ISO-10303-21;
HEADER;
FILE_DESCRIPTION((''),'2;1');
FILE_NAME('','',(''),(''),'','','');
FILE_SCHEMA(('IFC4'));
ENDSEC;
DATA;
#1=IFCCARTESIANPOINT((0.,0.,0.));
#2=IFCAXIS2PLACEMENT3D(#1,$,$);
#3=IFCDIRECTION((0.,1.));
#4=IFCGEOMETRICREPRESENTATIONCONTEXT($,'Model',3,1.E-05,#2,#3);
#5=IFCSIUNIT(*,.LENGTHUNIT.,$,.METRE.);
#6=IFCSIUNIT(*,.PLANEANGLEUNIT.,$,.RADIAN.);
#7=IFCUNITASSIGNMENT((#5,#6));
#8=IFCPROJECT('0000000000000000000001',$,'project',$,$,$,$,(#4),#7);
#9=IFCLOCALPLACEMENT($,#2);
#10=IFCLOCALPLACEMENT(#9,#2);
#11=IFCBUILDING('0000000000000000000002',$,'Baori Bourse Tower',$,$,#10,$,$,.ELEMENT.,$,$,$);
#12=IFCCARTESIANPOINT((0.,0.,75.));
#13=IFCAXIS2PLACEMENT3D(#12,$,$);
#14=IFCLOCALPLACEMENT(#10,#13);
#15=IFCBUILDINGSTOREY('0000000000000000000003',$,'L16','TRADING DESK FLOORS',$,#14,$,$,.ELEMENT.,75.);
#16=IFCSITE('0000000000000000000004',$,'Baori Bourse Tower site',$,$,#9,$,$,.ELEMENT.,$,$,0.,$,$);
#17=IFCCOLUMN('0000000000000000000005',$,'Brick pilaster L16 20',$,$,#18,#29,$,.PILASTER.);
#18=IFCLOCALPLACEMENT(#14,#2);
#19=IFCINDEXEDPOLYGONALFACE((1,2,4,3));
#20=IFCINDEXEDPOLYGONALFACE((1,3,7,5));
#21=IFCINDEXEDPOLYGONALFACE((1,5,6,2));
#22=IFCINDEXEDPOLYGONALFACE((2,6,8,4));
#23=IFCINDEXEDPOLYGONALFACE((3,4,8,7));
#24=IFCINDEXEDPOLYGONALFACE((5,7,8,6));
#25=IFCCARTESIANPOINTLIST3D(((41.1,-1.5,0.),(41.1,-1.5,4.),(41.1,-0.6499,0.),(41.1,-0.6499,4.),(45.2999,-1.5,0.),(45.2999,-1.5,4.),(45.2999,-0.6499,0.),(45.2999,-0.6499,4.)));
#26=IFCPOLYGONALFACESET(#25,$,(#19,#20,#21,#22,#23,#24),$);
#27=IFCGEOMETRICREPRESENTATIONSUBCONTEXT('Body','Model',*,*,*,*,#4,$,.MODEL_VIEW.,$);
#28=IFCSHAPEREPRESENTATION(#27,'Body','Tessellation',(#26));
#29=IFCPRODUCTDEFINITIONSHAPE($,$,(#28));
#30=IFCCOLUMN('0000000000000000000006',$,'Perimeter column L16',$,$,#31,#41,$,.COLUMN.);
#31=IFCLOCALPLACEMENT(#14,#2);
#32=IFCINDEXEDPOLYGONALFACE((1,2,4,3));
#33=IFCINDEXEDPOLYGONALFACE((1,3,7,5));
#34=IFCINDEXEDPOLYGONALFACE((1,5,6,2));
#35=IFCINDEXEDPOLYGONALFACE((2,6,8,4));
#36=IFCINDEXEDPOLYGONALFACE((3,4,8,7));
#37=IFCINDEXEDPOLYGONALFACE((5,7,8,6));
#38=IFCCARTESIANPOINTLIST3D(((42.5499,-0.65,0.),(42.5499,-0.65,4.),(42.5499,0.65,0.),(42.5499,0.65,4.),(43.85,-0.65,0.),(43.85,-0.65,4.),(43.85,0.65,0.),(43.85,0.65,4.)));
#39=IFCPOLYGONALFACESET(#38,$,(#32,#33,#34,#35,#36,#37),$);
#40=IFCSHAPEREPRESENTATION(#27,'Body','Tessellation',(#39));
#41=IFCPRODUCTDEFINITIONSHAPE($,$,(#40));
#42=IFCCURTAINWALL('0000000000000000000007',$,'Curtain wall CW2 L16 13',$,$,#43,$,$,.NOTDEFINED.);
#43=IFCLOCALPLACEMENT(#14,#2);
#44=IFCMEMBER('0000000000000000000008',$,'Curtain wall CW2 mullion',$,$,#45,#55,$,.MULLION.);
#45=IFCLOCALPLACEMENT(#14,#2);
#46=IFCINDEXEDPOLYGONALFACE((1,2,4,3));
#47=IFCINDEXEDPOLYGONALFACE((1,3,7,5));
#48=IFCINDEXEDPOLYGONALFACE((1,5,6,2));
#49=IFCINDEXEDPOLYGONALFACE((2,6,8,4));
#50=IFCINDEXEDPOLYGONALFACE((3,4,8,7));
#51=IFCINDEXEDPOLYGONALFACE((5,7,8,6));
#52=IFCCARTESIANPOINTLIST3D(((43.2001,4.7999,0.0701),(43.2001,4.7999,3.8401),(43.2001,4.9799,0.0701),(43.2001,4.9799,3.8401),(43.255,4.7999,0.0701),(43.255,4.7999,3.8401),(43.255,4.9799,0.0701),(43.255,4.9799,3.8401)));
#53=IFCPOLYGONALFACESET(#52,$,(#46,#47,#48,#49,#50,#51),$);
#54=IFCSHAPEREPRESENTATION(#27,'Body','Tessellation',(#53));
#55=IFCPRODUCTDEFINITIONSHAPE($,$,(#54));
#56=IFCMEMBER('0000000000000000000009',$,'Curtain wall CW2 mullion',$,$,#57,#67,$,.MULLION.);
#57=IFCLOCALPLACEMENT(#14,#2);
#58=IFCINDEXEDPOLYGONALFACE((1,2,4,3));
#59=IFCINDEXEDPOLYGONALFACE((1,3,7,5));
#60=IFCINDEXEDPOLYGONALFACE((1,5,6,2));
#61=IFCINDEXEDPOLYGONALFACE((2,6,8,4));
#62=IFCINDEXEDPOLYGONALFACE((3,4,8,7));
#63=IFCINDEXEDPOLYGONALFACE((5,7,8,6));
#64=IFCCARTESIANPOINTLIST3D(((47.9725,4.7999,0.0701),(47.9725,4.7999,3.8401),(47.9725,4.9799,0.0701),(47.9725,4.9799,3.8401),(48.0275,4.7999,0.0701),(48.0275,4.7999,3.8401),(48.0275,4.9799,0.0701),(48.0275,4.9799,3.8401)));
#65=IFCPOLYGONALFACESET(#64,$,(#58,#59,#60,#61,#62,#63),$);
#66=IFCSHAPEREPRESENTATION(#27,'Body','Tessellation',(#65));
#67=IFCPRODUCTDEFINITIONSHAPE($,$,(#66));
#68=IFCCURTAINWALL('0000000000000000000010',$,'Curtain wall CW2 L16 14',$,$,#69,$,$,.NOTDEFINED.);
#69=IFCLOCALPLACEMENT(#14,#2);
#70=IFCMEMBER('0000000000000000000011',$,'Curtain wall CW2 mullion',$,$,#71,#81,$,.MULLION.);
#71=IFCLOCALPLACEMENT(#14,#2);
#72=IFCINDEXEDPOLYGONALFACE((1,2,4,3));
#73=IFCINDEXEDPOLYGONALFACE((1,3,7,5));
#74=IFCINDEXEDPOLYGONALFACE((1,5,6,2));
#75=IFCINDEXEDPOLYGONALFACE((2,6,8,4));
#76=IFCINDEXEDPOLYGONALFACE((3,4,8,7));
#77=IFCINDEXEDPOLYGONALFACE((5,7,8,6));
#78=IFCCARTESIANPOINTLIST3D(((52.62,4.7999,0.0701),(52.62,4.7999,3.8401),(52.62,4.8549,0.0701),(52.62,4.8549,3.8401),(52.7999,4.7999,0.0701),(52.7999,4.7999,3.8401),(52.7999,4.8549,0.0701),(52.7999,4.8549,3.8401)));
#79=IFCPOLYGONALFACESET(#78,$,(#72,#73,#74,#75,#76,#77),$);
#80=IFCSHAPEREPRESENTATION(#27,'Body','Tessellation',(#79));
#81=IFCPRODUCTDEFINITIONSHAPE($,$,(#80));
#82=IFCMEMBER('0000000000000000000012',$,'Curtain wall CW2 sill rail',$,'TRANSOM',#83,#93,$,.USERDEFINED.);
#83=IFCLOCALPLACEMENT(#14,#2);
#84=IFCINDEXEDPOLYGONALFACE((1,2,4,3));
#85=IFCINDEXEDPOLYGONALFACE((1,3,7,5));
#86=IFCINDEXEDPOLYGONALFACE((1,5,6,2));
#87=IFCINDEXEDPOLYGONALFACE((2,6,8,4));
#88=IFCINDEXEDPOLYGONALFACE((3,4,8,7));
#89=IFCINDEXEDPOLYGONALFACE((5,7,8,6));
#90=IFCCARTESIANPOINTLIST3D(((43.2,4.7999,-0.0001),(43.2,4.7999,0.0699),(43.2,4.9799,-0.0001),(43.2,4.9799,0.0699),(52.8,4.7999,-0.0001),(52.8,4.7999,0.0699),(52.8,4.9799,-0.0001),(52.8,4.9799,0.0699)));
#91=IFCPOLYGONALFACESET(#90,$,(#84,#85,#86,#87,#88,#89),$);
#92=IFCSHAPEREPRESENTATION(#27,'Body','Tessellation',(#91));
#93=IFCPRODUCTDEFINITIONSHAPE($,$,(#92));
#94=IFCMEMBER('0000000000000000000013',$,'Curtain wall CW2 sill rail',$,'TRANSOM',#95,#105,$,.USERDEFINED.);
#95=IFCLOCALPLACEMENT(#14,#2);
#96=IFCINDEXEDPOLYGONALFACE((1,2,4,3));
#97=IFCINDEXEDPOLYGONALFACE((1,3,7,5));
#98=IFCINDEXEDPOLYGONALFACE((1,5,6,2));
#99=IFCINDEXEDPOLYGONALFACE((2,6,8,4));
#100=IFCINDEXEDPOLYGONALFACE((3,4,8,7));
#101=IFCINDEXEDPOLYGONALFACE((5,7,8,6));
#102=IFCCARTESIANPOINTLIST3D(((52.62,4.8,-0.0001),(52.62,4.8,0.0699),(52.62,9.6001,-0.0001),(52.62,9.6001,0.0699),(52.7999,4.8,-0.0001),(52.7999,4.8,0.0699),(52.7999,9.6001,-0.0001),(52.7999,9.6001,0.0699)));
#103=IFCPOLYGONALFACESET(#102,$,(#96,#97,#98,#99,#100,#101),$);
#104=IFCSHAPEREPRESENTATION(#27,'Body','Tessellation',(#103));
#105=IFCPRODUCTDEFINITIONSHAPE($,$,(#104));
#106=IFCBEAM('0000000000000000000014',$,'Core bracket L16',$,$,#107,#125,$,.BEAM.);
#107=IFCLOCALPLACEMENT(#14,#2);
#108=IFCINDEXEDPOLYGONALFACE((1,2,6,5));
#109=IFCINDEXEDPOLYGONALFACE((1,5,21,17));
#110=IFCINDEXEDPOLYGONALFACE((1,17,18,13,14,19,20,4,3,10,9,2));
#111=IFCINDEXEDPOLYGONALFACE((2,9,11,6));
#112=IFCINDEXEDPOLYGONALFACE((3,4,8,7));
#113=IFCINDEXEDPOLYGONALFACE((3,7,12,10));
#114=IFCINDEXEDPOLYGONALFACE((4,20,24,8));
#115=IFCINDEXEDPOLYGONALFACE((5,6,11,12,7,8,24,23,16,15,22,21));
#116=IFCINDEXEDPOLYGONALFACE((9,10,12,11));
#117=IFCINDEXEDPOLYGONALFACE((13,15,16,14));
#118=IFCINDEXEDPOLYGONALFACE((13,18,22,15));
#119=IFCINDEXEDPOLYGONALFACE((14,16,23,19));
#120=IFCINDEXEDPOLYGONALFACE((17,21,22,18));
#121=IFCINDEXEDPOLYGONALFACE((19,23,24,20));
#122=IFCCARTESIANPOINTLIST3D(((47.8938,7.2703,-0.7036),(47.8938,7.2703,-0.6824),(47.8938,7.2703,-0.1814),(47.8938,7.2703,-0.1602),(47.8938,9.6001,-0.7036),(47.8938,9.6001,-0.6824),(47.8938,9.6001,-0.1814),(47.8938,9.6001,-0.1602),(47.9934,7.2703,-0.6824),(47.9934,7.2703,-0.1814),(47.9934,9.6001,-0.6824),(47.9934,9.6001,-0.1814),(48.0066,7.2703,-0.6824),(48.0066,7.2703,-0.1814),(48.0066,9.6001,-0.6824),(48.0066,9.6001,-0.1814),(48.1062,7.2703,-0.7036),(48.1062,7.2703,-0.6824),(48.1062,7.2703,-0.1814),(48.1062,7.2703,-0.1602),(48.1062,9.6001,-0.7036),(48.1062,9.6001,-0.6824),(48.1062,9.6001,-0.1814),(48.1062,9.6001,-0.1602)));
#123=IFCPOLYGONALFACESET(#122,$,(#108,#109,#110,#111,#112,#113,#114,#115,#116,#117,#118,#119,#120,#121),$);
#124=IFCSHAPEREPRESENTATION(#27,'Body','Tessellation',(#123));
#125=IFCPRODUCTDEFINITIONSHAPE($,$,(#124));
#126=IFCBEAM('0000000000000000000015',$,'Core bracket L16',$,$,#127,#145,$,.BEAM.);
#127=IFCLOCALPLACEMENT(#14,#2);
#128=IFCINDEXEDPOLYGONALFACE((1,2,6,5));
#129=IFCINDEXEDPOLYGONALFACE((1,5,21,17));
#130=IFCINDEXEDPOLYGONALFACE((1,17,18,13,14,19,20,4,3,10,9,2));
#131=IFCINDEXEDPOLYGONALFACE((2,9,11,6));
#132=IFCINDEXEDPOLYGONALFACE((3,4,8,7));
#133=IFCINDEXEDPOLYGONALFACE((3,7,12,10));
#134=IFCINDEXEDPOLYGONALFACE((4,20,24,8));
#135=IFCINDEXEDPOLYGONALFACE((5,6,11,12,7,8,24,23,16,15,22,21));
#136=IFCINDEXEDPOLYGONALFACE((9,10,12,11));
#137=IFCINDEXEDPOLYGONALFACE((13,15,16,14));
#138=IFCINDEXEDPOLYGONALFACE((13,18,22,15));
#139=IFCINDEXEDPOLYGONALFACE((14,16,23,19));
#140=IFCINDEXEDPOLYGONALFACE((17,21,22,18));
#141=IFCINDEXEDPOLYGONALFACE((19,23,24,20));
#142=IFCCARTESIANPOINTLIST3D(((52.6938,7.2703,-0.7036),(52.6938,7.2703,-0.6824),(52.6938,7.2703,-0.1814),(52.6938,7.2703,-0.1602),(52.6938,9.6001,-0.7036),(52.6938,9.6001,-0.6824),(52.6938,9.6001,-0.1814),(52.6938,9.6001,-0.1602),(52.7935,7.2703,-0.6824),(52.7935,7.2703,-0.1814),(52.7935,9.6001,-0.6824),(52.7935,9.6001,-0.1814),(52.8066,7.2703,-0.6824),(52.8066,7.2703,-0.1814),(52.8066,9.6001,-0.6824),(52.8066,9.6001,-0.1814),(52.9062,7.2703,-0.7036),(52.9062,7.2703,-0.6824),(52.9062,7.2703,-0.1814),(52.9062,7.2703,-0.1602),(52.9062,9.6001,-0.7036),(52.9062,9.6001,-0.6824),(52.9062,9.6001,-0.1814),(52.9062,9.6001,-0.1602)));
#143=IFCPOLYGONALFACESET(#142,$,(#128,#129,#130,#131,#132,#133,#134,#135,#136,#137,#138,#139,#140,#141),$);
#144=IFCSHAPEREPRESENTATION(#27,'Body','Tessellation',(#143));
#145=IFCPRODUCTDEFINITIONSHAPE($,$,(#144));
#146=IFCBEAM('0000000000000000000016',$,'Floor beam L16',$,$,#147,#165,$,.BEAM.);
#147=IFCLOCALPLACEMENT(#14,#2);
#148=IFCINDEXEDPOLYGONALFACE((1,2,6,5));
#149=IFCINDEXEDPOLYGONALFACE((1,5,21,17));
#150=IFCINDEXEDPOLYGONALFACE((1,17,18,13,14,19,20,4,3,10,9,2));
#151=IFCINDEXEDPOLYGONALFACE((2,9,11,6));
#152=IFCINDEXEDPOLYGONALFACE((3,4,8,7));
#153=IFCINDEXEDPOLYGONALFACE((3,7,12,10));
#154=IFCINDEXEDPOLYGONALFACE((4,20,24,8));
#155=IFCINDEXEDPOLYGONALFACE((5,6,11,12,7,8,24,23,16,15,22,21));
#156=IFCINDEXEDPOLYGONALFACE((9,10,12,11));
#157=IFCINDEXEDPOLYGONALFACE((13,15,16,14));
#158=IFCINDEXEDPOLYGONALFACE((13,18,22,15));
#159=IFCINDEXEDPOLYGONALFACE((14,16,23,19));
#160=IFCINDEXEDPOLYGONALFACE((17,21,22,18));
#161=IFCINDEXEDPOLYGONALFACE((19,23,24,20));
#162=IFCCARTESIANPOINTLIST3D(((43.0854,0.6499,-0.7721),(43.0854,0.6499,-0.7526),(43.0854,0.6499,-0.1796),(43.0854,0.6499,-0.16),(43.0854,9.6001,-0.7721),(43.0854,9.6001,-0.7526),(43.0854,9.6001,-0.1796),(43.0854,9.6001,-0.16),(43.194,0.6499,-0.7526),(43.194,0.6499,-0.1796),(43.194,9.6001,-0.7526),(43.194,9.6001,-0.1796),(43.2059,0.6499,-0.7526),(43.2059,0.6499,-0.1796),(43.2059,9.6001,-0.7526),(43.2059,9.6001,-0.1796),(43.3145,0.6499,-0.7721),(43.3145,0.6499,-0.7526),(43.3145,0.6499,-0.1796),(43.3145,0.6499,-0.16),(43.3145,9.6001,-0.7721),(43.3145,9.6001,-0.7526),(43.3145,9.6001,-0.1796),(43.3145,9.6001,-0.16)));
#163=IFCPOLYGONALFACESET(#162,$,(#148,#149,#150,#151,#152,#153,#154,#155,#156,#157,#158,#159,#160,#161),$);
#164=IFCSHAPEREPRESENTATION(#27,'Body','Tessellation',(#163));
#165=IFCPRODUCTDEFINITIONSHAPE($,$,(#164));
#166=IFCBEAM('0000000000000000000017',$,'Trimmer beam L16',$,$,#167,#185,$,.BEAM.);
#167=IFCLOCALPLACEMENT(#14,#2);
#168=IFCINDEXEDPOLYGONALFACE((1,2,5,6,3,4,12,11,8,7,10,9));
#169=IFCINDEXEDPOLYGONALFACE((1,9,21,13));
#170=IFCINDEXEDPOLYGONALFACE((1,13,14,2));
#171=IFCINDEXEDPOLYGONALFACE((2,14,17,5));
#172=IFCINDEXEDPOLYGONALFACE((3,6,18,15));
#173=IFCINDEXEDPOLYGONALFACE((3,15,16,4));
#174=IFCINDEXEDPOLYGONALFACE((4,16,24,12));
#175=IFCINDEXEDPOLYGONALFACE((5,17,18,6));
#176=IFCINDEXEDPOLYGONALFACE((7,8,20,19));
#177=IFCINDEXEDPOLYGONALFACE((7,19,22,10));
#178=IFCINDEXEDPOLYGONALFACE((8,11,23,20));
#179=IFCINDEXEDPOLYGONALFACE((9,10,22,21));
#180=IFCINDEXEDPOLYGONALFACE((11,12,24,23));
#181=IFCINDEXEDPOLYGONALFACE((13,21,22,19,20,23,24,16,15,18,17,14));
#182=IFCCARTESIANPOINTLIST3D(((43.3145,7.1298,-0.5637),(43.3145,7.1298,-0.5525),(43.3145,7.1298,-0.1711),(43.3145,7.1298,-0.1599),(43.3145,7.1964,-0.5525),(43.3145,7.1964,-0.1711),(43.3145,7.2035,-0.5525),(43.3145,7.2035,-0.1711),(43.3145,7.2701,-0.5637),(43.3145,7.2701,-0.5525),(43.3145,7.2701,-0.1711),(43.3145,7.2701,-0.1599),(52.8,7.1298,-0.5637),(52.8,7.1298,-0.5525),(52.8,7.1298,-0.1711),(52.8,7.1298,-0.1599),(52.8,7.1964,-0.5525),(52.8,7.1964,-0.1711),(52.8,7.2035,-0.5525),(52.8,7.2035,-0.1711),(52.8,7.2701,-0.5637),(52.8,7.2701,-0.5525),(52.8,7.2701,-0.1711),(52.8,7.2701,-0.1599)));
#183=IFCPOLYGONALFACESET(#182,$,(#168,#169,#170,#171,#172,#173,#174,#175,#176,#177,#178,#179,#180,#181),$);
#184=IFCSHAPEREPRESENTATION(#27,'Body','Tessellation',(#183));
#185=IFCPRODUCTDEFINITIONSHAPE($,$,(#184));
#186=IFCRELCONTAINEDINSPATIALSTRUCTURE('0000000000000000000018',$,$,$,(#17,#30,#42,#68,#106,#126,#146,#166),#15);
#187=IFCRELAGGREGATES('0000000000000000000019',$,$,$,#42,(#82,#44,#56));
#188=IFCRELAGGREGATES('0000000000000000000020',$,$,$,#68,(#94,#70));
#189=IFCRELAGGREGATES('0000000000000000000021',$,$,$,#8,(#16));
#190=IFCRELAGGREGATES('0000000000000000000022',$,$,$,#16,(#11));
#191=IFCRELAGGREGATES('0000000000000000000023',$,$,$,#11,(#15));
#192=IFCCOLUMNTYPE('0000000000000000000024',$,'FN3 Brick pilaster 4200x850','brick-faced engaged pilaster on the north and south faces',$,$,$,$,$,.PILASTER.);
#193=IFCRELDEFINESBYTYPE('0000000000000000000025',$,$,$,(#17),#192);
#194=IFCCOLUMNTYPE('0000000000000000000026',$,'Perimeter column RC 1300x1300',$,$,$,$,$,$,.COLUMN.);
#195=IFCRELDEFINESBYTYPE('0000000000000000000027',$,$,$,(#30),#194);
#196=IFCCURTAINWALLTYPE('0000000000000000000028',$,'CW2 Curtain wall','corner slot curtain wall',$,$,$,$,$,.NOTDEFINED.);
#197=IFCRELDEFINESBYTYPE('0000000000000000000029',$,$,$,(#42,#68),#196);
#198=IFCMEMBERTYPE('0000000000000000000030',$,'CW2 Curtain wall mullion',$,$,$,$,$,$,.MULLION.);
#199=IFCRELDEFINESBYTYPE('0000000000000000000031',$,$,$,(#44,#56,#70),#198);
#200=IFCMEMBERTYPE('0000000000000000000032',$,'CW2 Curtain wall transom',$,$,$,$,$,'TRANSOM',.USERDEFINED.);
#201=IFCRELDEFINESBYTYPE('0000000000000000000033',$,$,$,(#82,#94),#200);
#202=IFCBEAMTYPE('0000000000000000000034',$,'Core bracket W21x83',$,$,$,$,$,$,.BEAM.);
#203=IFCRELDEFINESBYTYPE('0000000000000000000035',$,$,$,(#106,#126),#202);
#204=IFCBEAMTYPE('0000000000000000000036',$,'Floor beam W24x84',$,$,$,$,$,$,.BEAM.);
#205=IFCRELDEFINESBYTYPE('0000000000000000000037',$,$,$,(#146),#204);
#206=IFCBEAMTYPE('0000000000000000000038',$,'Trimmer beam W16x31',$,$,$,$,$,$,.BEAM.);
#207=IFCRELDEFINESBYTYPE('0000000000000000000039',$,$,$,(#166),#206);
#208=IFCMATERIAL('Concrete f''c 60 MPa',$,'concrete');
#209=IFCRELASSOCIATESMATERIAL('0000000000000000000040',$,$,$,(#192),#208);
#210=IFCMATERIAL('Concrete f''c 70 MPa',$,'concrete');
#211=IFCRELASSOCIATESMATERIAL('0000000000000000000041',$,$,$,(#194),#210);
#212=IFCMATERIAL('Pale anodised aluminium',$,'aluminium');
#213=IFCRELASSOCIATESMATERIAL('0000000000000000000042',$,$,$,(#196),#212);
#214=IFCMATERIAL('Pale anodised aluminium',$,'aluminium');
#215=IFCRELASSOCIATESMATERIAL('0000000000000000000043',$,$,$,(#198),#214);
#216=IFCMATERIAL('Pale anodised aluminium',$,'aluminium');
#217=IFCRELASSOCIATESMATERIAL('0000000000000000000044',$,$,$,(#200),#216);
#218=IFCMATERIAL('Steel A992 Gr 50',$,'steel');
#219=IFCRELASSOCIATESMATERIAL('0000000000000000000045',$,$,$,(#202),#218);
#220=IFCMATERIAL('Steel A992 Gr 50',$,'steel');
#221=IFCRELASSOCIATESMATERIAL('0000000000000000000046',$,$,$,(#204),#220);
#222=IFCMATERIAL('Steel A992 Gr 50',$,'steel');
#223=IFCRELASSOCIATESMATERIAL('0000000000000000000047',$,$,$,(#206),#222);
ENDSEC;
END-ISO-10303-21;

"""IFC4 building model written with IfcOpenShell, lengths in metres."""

from ifc_helpers import new_model, si_unit, direction, frame, origin, origin_2d, place, context, subcontext, project, spatial, rectangle, i_section, extrude, material, material_profile, profile_set, type_object, element, aggregate, save


model = new_model("IFC4")

# Units and contexts
model_context = context("Model", 3, precision=1e-05, world=origin(), true_north=direction((0.0, 1.0)))
body_context = subcontext(model_context, "Body", "Model", "MODEL_VIEW")
ifc_project = project(units=[si_unit("LENGTHUNIT", "METRE"), si_unit("PLANEANGLEUNIT", "RADIAN")], contexts=[model_context])

# Site, building, storey
site_placement = place(None, origin())
site = spatial("IfcSite", under=ifc_project, at=site_placement, Name="Baori Bourse Tower site", CompositionType="ELEMENT", RefElevation=0.0)
building_placement = place(site_placement, origin())
building = spatial("IfcBuilding", under=site, at=building_placement, Name="Baori Bourse Tower", CompositionType="ELEMENT")
storey_placement = place(building_placement, frame((0.0, 0.0, 75.0)))
storey = spatial("IfcBuildingStorey", under=building, at=storey_placement, Name="L16", Description="TRADING DESK FLOORS", CompositionType="ELEMENT", Elevation=75.0)

# Columns
ifc_material_1 = material(Name="Concrete f'c 60 MPa", Category="concrete")
ifc_material_profile_1 = material_profile(ifc_material_1, rectangle(XDim=4.2, YDim=0.8501, at=origin_2d()), Name="RC 4200x850")
ifc_profile_set_1 = profile_set([ifc_material_profile_1], Name="Concrete f'c 60 MPa")
column_type_1 = type_object("IfcColumnType", Name="FN3 Brick pilaster 4200x850", Description="brick-faced engaged pilaster on the north and south faces", PredefinedType="PILASTER", material=ifc_profile_set_1)
column_1_placement = place(storey_placement, frame((43.2, -1.075, 0.0), z_axis=(0.0, 0.0, 1.0), x_axis=(1.0, 0.0, 0.0)))
element("IfcColumn", 1, at=column_1_placement, inside=storey, type_object=column_type_1, Name="Brick pilaster L16 20", PredefinedType="PILASTER", context=body_context, shape_type="SweptSolid", body=[
    extrude(rectangle(XDim=4.2, YDim=0.8501, at=origin_2d()), origin(), (0.0, 0.0, 1.0), 4.0),
])
ifc_material_2 = material(Name="Concrete f'c 70 MPa", Category="concrete")
ifc_material_profile_2 = material_profile(ifc_material_2, rectangle(XDim=1.3, YDim=1.3, at=origin_2d()), Name="RC 1300x1300")
ifc_profile_set_2 = profile_set([ifc_material_profile_2], Name="Concrete f'c 70 MPa")
column_type_2 = type_object("IfcColumnType", Name="Perimeter column RC 1300x1300", PredefinedType="COLUMN", material=ifc_profile_set_2)
column_2_placement = place(storey_placement, frame((43.2, 0.0, 0.0), z_axis=(0.0, 0.0, 1.0), x_axis=(1.0, 0.0, 0.0)))
element("IfcColumn", 2, at=column_2_placement, inside=storey, type_object=column_type_2, Name="Perimeter column L16", PredefinedType="COLUMN", context=body_context, shape_type="SweptSolid", body=[
    extrude(rectangle(XDim=1.3, YDim=1.3, at=origin_2d()), origin(), (0.0, 0.0, 1.0), 4.0),
])

# Curtain wall, members
ifc_material_3 = material(Name="Pale anodised aluminium", Category="aluminium")
curtain_wall_type = type_object("IfcCurtainWallType", Name="CW2 Curtain wall", Description="corner slot curtain wall", PredefinedType="NOTDEFINED", material=ifc_material_3)
curtain_wall_1_placement = place(storey_placement, origin())
curtain_wall_1 = element("IfcCurtainWall", 3, at=curtain_wall_1_placement, inside=storey, type_object=curtain_wall_type, Name="Curtain wall CW2 L16 13", PredefinedType="NOTDEFINED")
ifc_material_4 = material(Name="Pale anodised aluminium", Category="aluminium")
ifc_material_profile_3 = material_profile(ifc_material_4, rectangle(XDim=0.1799, YDim=0.0549, at=origin_2d()), Name="Mullion 55x180")
ifc_profile_set_3 = profile_set([ifc_material_profile_3], Name="Pale anodised aluminium")
member_type_1 = type_object("IfcMemberType", Name="CW2 Curtain wall mullion", PredefinedType="MULLION", material=ifc_profile_set_3)
member_1_placement = place(storey_placement, frame((43.2275, 4.8899, 0.0701), z_axis=(0.0, 0.0, 1.0), x_axis=(0.0, 1.0, 0.0)))
member_1 = element("IfcMember", 4, at=member_1_placement, type_object=member_type_1, Name="Curtain wall CW2 mullion", PredefinedType="MULLION", context=body_context, shape_type="SweptSolid", body=[
    extrude(rectangle(XDim=0.1799, YDim=0.0549, at=origin_2d()), origin(), (0.0, 0.0, 1.0), 3.77),
])
member_2_placement = place(storey_placement, frame((48.0, 4.8899, 0.0701), z_axis=(0.0, 0.0, 1.0), x_axis=(0.0, 1.0, 0.0)))
member_2 = element("IfcMember", 5, at=member_2_placement, type_object=member_type_1, Name="Curtain wall CW2 mullion", PredefinedType="MULLION", context=body_context, shape_type="SweptSolid", body=[
    extrude(rectangle(XDim=0.1799, YDim=0.0549, at=origin_2d()), origin(), (0.0, 0.0, 1.0), 3.77),
])

# Curtain wall, member
curtain_wall_2_placement = place(storey_placement, origin())
curtain_wall_2 = element("IfcCurtainWall", 6, at=curtain_wall_2_placement, inside=storey, type_object=curtain_wall_type, Name="Curtain wall CW2 L16 14", PredefinedType="NOTDEFINED")
member_3_placement = place(storey_placement, frame((52.71, 4.8274, 0.0701), z_axis=(0.0, 0.0, 1.0), x_axis=(-1.0, 0.0, 0.0)))
member_3 = element("IfcMember", 7, at=member_3_placement, type_object=member_type_1, Name="Curtain wall CW2 mullion", PredefinedType="MULLION", context=body_context, shape_type="SweptSolid", body=[
    extrude(rectangle(XDim=0.1799, YDim=0.0549, at=origin_2d()), origin(), (0.0, 0.0, 1.0), 3.77),
])

# Members
ifc_material_5 = material(Name="Pale anodised aluminium", Category="aluminium")
ifc_material_profile_4 = material_profile(ifc_material_5, rectangle(XDim=0.1799, YDim=0.0701, at=origin_2d()), Name="Transom 70x180")
ifc_profile_set_4 = profile_set([ifc_material_profile_4], Name="Pale anodised aluminium")
member_type_2 = type_object("IfcMemberType", Name="CW2 Curtain wall transom", ElementType="TRANSOM", PredefinedType="USERDEFINED", material=ifc_profile_set_4)
member_4_placement = place(storey_placement, frame((43.2, 4.8899, 0.0349), z_axis=(1.0, 0.0, 0.0), x_axis=(0.0, 1.0, 0.0)))
member_4 = element("IfcMember", 8, at=member_4_placement, type_object=member_type_2, Name="Curtain wall CW2 sill rail", ObjectType="TRANSOM", PredefinedType="USERDEFINED", context=body_context, shape_type="SweptSolid", body=[
    extrude(rectangle(XDim=0.1799, YDim=0.0701, at=origin_2d()), origin(), (0.0, 0.0, 1.0), 9.6001),
])
member_5_placement = place(storey_placement, frame((52.71, 4.8, 0.0349), z_axis=(0.0, 1.0, 0.0), x_axis=(-1.0, 0.0, 0.0)))
member_5 = element("IfcMember", 9, at=member_5_placement, type_object=member_type_2, Name="Curtain wall CW2 sill rail", ObjectType="TRANSOM", PredefinedType="USERDEFINED", context=body_context, shape_type="SweptSolid", body=[
    extrude(rectangle(XDim=0.1799, YDim=0.0701, at=origin_2d()), origin(), (0.0, 0.0, 1.0), 4.8),
])

# Beams
ifc_material_6 = material(Name="Steel A992 Gr 50", Category="steel")
ifc_material_profile_5 = material_profile(ifc_material_6, i_section(OverallWidth=0.2124, OverallDepth=0.5435, WebThickness=0.0132, FlangeThickness=0.0212, at=origin_2d()), Name="W21x83")
ifc_profile_set_5 = profile_set([ifc_material_profile_5], Name="Steel A992 Gr 50")
beam_type_1 = type_object("IfcBeamType", Name="Core bracket W21x83", PredefinedType="BEAM", material=ifc_profile_set_5)
for number, where, z_axis, x_axis, name in (
    (10, (48.0, 7.2703, -0.4319), (0.0, 1.0, 0.0), (-1.0, 0.0, 0.0), "Core bracket L16"),
    (11, (52.8, 7.2703, -0.4319), (0.0, 1.0, 0.0), (-1.0, 0.0, 0.0), "Core bracket L16"),
):
    element("IfcBeam", number, at=place(storey_placement, frame(where, z_axis=z_axis, x_axis=x_axis)), inside=storey, type_object=beam_type_1, Name=name, PredefinedType="BEAM", context=body_context, shape_type="SweptSolid", body=[
        extrude(i_section(OverallWidth=0.2124, OverallDepth=0.5435, WebThickness=0.0132, FlangeThickness=0.0212, at=origin_2d()), origin(), (0.0, 0.0, 1.0), 2.3298),
    ])
ifc_material_7 = material(Name="Steel A992 Gr 50", Category="steel")
ifc_material_profile_6 = material_profile(ifc_material_7, i_section(OverallWidth=0.229, OverallDepth=0.6121, WebThickness=0.012, FlangeThickness=0.0195, at=origin_2d()), Name="W24x84")
ifc_profile_set_6 = profile_set([ifc_material_profile_6], Name="Steel A992 Gr 50")
beam_type_2 = type_object("IfcBeamType", Name="Floor beam W24x84", PredefinedType="BEAM", material=ifc_profile_set_6)
beam_1_placement = place(storey_placement, frame((43.2, 0.6499, -0.4661), z_axis=(0.0, 1.0, 0.0), x_axis=(-1.0, 0.0, 0.0)))
element("IfcBeam", 12, at=beam_1_placement, inside=storey, type_object=beam_type_2, Name="Floor beam L16", PredefinedType="BEAM", context=body_context, shape_type="SweptSolid", body=[
    extrude(i_section(OverallWidth=0.229, OverallDepth=0.6121, WebThickness=0.012, FlangeThickness=0.0195, at=origin_2d()), origin(), (0.0, 0.0, 1.0), 8.9502),
])
ifc_material_8 = material(Name="Steel A992 Gr 50", Category="steel")
ifc_material_profile_7 = material_profile(ifc_material_8, i_section(OverallWidth=0.1404, OverallDepth=0.4038, WebThickness=0.0071, FlangeThickness=0.0112, at=origin_2d()), Name="W16x31")
ifc_profile_set_7 = profile_set([ifc_material_profile_7], Name="Steel A992 Gr 50")
beam_type_3 = type_object("IfcBeamType", Name="Trimmer beam W16x31", PredefinedType="BEAM", material=ifc_profile_set_7)
beam_2_placement = place(storey_placement, frame((43.3145, 7.2, -0.3618), z_axis=(1.0, 0.0, 0.0), x_axis=(0.0, 1.0, 0.0)))
element("IfcBeam", 13, at=beam_2_placement, inside=storey, type_object=beam_type_3, Name="Trimmer beam L16", PredefinedType="BEAM", context=body_context, shape_type="SweptSolid", body=[
    extrude(i_section(OverallWidth=0.1404, OverallDepth=0.4038, WebThickness=0.0071, FlangeThickness=0.0112, at=origin_2d()), origin(), (0.0, 0.0, 1.0), 9.4856),
])

aggregate(curtain_wall_1, [member_4, member_1, member_2])
aggregate(curtain_wall_2, [member_5, member_3])

save(model, "model.ifc")
